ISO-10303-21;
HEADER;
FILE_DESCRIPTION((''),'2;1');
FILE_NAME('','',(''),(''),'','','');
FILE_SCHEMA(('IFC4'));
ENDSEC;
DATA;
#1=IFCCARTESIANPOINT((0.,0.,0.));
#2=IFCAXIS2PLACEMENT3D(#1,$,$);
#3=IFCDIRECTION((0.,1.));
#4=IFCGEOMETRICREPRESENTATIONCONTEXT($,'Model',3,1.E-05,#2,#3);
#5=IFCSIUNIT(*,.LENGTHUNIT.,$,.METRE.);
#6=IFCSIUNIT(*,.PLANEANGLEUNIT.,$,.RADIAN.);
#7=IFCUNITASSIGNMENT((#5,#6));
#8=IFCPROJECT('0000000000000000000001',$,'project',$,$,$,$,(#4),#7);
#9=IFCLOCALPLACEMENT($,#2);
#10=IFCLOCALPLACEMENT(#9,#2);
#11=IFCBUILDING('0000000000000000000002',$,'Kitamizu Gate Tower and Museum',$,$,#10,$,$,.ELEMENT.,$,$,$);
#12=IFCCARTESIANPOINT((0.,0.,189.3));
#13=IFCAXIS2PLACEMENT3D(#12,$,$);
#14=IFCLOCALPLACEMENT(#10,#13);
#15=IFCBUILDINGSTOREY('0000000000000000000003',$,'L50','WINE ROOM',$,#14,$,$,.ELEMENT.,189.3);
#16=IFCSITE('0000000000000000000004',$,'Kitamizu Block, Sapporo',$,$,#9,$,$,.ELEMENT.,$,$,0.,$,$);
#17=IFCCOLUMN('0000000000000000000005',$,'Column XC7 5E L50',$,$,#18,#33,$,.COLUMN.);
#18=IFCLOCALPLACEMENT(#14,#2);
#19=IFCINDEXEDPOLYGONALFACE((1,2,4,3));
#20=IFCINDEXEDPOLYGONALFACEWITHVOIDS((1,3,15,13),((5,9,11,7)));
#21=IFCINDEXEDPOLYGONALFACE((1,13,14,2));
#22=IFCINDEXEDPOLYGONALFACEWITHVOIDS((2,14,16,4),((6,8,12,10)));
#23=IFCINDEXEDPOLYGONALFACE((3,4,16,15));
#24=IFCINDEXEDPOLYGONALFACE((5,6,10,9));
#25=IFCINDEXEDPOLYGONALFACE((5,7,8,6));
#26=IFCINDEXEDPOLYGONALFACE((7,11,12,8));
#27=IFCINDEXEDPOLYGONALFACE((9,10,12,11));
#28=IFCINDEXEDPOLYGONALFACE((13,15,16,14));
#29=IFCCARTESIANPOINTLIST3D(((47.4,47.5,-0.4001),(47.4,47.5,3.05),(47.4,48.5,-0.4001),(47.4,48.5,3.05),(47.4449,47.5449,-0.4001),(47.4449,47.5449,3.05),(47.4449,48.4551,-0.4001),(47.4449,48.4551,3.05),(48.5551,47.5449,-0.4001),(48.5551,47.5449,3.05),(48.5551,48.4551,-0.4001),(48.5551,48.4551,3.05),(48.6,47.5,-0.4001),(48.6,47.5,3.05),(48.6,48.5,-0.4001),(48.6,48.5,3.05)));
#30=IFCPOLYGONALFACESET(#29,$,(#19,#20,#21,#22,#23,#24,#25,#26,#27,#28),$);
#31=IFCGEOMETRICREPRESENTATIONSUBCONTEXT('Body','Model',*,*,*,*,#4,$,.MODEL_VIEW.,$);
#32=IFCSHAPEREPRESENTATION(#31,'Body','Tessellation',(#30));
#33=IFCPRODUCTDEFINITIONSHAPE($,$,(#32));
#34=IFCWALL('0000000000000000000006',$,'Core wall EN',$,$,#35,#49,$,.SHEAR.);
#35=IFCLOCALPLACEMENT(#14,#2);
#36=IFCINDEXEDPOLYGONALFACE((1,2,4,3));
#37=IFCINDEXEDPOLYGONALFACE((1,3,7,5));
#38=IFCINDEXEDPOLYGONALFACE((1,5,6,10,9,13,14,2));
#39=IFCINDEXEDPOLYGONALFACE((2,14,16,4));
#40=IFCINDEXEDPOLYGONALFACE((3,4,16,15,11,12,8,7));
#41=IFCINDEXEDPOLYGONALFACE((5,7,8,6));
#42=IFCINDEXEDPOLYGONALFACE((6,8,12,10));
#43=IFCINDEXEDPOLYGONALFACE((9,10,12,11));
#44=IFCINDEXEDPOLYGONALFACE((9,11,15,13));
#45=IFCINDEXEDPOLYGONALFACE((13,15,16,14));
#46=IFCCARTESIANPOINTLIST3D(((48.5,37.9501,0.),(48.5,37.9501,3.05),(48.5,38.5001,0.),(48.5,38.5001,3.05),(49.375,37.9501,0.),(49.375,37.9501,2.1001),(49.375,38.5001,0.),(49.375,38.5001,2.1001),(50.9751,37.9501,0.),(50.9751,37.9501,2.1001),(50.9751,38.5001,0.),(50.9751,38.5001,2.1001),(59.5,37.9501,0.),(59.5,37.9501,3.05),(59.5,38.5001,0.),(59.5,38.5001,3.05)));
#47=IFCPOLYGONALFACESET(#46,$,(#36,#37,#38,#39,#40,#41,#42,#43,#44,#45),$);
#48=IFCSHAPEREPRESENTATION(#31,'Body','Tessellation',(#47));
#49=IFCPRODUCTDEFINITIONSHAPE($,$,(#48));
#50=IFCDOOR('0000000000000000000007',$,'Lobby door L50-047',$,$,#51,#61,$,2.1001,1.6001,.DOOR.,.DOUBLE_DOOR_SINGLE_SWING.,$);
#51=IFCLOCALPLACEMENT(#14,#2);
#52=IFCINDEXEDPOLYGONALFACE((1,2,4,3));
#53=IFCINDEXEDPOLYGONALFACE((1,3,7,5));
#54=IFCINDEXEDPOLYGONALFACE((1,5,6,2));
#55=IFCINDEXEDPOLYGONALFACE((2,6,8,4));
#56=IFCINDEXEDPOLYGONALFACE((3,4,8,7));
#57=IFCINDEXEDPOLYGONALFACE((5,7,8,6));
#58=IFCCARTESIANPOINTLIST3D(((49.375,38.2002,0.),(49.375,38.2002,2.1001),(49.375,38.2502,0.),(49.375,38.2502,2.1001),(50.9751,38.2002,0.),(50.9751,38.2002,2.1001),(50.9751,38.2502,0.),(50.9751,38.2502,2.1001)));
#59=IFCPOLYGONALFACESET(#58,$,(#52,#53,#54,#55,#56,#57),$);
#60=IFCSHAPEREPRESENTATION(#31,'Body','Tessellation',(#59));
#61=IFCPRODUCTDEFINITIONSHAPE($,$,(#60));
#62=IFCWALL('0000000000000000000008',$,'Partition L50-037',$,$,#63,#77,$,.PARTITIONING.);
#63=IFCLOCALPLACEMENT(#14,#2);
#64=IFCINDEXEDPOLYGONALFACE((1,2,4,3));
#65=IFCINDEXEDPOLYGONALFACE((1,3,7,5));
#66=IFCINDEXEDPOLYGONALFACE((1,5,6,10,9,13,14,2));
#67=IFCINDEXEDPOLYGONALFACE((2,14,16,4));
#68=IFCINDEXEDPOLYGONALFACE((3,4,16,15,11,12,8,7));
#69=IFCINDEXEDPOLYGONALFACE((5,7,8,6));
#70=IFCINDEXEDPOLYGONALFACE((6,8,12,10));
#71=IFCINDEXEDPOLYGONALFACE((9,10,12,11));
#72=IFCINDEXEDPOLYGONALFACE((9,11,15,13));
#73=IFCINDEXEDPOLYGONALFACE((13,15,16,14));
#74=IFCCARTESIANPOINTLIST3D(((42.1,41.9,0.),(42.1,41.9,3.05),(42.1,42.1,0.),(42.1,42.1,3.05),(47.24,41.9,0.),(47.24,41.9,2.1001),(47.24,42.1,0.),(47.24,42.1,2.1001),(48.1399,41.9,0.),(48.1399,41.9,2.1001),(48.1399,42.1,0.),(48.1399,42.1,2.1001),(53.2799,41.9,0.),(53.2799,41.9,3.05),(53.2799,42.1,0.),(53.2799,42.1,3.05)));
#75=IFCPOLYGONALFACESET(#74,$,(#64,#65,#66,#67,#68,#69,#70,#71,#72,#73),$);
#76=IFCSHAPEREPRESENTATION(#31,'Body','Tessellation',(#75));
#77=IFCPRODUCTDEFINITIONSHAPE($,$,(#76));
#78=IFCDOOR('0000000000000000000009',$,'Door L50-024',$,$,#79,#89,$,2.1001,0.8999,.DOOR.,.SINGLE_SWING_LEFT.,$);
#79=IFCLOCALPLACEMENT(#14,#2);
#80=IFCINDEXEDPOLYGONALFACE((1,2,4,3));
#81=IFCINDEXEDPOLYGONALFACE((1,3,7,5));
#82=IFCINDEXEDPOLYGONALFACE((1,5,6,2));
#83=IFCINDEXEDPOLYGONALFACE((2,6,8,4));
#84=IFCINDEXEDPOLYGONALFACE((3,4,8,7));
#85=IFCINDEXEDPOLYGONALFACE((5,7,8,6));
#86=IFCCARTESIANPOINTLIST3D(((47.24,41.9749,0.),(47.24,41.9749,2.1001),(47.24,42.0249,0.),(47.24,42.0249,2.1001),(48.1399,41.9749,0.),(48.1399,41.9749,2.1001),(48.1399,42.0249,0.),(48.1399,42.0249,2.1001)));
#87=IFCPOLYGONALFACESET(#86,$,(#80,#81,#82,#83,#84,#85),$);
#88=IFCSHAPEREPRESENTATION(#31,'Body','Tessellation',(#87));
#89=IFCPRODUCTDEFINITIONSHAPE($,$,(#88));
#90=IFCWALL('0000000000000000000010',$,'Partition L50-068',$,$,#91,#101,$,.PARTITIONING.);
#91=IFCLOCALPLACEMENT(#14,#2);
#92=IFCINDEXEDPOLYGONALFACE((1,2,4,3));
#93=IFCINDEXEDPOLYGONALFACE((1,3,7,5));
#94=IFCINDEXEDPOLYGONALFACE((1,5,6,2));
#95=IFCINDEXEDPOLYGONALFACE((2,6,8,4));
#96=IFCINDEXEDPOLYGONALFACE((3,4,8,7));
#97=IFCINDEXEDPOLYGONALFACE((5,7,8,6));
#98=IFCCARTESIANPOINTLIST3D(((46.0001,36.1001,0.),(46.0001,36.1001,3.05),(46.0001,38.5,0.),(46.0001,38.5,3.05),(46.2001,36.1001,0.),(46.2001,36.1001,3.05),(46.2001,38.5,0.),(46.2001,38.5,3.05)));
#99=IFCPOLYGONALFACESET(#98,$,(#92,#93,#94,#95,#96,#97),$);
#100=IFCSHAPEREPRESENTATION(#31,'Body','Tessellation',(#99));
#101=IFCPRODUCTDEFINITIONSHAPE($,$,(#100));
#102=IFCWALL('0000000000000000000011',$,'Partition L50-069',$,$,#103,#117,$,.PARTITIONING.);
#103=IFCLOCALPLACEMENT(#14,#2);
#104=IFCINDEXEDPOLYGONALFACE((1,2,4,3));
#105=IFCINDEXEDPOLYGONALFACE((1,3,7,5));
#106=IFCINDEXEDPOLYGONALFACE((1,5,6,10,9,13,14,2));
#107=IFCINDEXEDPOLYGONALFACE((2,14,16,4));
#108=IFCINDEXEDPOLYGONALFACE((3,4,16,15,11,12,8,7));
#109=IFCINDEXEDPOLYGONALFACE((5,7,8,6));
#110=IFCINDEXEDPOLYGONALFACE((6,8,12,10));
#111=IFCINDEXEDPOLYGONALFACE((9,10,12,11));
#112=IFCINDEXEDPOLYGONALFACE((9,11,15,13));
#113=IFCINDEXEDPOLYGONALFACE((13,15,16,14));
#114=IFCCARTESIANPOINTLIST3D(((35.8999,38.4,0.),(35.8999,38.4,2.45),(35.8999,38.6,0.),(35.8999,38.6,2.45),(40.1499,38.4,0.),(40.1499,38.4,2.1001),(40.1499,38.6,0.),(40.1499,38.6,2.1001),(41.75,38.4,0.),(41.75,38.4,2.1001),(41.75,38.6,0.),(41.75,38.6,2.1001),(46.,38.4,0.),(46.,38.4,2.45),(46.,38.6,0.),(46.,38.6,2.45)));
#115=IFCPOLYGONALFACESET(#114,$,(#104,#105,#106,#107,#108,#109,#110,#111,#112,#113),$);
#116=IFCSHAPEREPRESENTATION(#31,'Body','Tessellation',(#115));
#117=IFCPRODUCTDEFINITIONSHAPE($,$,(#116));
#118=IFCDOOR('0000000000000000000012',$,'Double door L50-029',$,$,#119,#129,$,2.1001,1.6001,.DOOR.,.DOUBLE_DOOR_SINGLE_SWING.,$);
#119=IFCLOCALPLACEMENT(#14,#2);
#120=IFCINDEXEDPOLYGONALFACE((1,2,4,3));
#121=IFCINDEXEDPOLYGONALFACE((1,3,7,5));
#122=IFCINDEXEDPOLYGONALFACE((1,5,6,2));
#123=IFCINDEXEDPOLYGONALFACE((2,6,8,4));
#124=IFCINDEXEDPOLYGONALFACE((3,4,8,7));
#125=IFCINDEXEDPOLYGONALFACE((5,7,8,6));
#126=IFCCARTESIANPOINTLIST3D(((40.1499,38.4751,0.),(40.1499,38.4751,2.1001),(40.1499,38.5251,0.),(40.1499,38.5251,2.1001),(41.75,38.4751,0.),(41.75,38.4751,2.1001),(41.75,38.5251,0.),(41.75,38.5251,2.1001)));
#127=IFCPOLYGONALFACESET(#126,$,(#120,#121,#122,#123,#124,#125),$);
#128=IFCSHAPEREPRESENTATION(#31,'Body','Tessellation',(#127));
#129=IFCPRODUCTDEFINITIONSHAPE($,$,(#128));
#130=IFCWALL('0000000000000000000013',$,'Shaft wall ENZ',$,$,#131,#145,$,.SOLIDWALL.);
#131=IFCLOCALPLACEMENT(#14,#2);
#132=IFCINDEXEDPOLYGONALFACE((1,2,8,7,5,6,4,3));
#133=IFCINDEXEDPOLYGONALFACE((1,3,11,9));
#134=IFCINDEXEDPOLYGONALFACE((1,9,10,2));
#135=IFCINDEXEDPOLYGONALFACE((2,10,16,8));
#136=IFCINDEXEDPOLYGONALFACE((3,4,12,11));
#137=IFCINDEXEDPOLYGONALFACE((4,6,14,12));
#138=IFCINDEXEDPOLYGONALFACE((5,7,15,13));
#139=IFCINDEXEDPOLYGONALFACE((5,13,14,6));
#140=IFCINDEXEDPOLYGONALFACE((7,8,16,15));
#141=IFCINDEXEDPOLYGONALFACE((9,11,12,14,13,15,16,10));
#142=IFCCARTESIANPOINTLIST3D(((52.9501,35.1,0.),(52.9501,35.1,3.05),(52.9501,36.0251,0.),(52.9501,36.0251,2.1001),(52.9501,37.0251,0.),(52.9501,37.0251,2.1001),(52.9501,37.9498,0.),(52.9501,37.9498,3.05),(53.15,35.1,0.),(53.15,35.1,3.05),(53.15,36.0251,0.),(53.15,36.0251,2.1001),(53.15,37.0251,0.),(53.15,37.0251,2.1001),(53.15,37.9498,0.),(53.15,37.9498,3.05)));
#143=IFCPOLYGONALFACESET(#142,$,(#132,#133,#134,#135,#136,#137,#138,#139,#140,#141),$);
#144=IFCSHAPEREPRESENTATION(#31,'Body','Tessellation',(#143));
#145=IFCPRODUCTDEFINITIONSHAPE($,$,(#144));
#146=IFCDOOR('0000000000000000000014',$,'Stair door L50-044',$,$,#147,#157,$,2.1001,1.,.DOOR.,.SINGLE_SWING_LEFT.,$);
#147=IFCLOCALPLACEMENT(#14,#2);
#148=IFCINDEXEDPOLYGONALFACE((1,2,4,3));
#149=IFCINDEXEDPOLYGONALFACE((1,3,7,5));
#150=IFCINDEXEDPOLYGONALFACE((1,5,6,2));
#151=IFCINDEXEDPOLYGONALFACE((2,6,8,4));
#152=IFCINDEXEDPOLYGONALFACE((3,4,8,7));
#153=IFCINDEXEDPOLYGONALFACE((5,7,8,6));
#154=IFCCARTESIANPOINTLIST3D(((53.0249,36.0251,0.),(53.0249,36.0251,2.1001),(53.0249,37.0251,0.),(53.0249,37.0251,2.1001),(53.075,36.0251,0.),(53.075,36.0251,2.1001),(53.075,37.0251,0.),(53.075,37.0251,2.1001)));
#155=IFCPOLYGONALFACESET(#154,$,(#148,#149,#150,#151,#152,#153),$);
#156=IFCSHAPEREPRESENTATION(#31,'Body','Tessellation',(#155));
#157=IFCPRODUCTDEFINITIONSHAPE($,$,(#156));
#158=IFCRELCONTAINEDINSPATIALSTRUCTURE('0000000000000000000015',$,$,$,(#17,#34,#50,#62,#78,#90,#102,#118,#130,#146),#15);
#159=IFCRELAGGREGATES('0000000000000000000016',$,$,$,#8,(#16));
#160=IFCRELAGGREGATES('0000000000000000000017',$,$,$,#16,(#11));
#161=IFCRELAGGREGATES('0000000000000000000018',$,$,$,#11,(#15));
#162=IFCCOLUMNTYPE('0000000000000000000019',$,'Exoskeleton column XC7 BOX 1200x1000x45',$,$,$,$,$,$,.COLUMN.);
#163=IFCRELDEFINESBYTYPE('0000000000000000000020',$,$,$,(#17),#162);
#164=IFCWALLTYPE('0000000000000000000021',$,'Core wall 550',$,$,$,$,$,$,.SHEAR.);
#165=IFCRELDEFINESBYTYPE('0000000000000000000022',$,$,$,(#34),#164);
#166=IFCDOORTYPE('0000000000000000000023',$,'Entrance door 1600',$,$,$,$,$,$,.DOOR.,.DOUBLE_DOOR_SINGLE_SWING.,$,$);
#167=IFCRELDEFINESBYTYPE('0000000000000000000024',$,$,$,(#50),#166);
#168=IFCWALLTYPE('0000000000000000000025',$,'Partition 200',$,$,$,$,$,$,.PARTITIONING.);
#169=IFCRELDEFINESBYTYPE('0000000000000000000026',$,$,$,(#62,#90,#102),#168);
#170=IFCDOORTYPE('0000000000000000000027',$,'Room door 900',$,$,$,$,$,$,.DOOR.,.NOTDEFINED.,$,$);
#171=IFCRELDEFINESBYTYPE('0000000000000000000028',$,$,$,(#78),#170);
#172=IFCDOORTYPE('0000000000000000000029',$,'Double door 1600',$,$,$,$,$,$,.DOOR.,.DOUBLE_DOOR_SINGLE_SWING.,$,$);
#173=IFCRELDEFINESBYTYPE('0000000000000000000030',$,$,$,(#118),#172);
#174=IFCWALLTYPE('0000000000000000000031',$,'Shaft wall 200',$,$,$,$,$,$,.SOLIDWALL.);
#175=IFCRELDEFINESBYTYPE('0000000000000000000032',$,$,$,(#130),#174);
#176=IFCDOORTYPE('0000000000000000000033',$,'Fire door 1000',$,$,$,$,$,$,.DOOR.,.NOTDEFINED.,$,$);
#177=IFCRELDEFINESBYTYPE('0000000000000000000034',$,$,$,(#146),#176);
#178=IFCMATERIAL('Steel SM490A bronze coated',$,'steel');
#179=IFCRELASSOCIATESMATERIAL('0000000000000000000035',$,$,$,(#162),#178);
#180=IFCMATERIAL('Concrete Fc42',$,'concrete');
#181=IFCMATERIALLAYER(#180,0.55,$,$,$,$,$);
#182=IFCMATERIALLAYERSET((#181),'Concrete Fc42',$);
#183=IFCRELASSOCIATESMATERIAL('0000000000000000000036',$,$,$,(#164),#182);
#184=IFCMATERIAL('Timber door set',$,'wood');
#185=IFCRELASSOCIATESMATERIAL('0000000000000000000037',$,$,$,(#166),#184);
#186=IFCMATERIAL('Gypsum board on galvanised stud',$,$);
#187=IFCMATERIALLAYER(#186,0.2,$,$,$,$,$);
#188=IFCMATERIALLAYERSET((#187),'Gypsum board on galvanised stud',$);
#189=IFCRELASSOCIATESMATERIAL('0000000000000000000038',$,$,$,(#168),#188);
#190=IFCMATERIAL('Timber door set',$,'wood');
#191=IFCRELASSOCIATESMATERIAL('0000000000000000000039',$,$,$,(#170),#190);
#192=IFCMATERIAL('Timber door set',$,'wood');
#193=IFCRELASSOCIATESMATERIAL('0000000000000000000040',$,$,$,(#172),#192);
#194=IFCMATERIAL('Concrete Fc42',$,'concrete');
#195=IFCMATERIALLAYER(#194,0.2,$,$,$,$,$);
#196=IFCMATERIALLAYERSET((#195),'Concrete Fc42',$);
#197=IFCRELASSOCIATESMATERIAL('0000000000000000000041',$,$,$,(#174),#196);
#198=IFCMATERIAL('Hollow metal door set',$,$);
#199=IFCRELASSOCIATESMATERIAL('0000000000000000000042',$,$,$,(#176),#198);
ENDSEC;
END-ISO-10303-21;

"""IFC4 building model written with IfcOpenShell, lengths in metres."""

from ifc_helpers import new_model, si_unit, direction, frame, frame_2d, origin, origin_2d, place, context, subcontext, project, spatial, rectangle, hollow_rectangle, extrude, material, layer, layer_set, material_profile, profile_set, type_object, element, fill, save


model = new_model("IFC4")

# Units and contexts
model_context = context("Model", 3, precision=1e-05, world=origin(), true_north=direction((0.0, 1.0)))
body_context = subcontext(model_context, "Body", "Model", "MODEL_VIEW")
ifc_project = project(units=[si_unit("LENGTHUNIT", "METRE"), si_unit("PLANEANGLEUNIT", "RADIAN")], contexts=[model_context])

# Site, building, storey
site_placement = place(None, origin())
site = spatial("IfcSite", under=ifc_project, at=site_placement, Name="Kitamizu Block, Sapporo", CompositionType="ELEMENT", RefElevation=0.0)
building_placement = place(site_placement, origin())
building = spatial("IfcBuilding", under=site, at=building_placement, Name="Kitamizu Gate Tower and Museum", CompositionType="ELEMENT")
storey_placement = place(building_placement, frame((0.0, 0.0, 189.3)))
storey = spatial("IfcBuildingStorey", under=building, at=storey_placement, Name="L50", Description="WINE ROOM", CompositionType="ELEMENT", Elevation=189.3)

# Column
ifc_material_1 = material(Name="Steel SM490A bronze coated", Category="steel")
ifc_material_profile = material_profile(ifc_material_1, hollow_rectangle(XDim=1.2, YDim=1.0, WallThickness=0.0449, at=origin_2d()), Name="BOX 1200x1000x45")
ifc_profile_set = profile_set([ifc_material_profile], Name="Steel SM490A bronze coated")
column_type = type_object("IfcColumnType", Name="Exoskeleton column XC7 BOX 1200x1000x45", PredefinedType="COLUMN", material=ifc_profile_set)
column_placement = place(storey_placement, frame((48.0, 48.0, -0.4001), z_axis=(0.0, 0.0, 1.0), x_axis=(1.0, 0.0, 0.0)))
element("IfcColumn", 1, at=column_placement, inside=storey, type_object=column_type, Name="Column XC7 5E L50", PredefinedType="COLUMN", context=body_context, shape_type="SweptSolid", body=[
    extrude(hollow_rectangle(XDim=1.2, YDim=1.0, WallThickness=0.0449, at=origin_2d()), origin(), (0.0, 0.0, 1.0), 3.4502),
])

# Walls, openings, doors
ifc_material_2 = material(Name="Concrete Fc42", Category="concrete")
ifc_layer_1 = layer(ifc_material_2, 0.55)
ifc_layer_set_1 = layer_set([ifc_layer_1], Name="Concrete Fc42")
wall_type_1 = type_object("IfcWallType", Name="Core wall 550", PredefinedType="SHEAR", material=ifc_layer_set_1)
wall_1_placement = place(storey_placement, frame((59.5, 38.2251, 0.0), z_axis=(0.0, 0.0, 1.0), x_axis=(-1.0, 0.0, 0.0)))
wall_1 = element("IfcWall", 2, at=wall_1_placement, inside=storey, type_object=wall_type_1, Name="Core wall EN", PredefinedType="SHEAR", context=body_context, shape_type="SweptSolid", body=[
    extrude(rectangle(XDim=11.0, YDim=0.55, at=frame_2d((5.5, 0.0))), origin(), (0.0, 0.0, 1.0), 3.05),
])
opening_1_placement = place(wall_1_placement, frame((8.5249, 0.0, 0.0)))
opening_1 = element("IfcOpeningElement", 3, at=opening_1_placement, cuts=wall_1, PredefinedType="OPENING", context=body_context, shape_type="SweptSolid", body=[
    extrude(rectangle(XDim=1.6001, YDim=2.1001, at=frame_2d((0.8, 1.05))), frame((0.0, 0.2852, 0.0), z_axis=(0.0, -1.0, 0.0), x_axis=(1.0, 0.0, 0.0)), (0.0, 0.0, 1.0), 0.5701),
])
ifc_material_3 = material(Name="Timber door set", Category="wood")
door_type_1 = type_object("IfcDoorType", Name="Entrance door 1600", OperationType="DOUBLE_DOOR_SINGLE_SWING", PredefinedType="DOOR", material=ifc_material_3)
door_1_placement = place(opening_1_placement, origin())
door_1 = element("IfcDoor", 4, at=door_1_placement, inside=storey, type_object=door_type_1, Name="Lobby door L50-047", OperationType="DOUBLE_DOOR_SINGLE_SWING", OverallHeight=2.1001, OverallWidth=1.6001, PredefinedType="DOOR", context=body_context, shape_type="SweptSolid", body=[
    extrude(rectangle(XDim=1.6001, YDim=2.1001, at=frame_2d((0.8, 1.05))), frame((0.0, 0.0249, 0.0), z_axis=(0.0, -1.0, 0.0), x_axis=(1.0, 0.0, 0.0)), (0.0, 0.0, 1.0), 0.05),
])
fill(opening_1, door_1)
ifc_material_4 = material(Name="Gypsum board on galvanised stud")
ifc_layer_2 = layer(ifc_material_4, 0.2)
ifc_layer_set_2 = layer_set([ifc_layer_2], Name="Gypsum board on galvanised stud")
wall_type_2 = type_object("IfcWallType", Name="Partition 200", PredefinedType="PARTITIONING", material=ifc_layer_set_2)
wall_2_placement = place(storey_placement, frame((42.1001, 42.0, 0.0), z_axis=(0.0, 0.0, 1.0), x_axis=(1.0, 0.0, 0.0)))
wall_2 = element("IfcWall", 5, at=wall_2_placement, inside=storey, type_object=wall_type_2, Name="Partition L50-037", PredefinedType="PARTITIONING", context=body_context, shape_type="SweptSolid", body=[
    extrude(rectangle(XDim=11.1799, YDim=0.2, at=frame_2d((5.5898, 0.0))), origin(), (0.0, 0.0, 1.0), 3.05),
])
opening_2_placement = place(wall_2_placement, frame((5.1399, 0.0, 0.0)))
opening_2 = element("IfcOpeningElement", 6, at=opening_2_placement, cuts=wall_2, PredefinedType="OPENING", context=body_context, shape_type="SweptSolid", body=[
    extrude(rectangle(XDim=0.8999, YDim=2.1001, at=frame_2d((0.45, 1.05))), frame((0.0, 0.1099, 0.0), z_axis=(0.0, -1.0, 0.0), x_axis=(1.0, 0.0, 0.0)), (0.0, 0.0, 1.0), 0.22),
])
ifc_material_5 = material(Name="Timber door set", Category="wood")
door_type_2 = type_object("IfcDoorType", Name="Room door 900", OperationType="NOTDEFINED", PredefinedType="DOOR", material=ifc_material_5)
door_2_placement = place(opening_2_placement, origin())
door_2 = element("IfcDoor", 7, at=door_2_placement, inside=storey, type_object=door_type_2, Name="Door L50-024", OperationType="SINGLE_SWING_LEFT", OverallHeight=2.1001, OverallWidth=0.8999, PredefinedType="DOOR", context=body_context, shape_type="SweptSolid", body=[
    extrude(rectangle(XDim=0.8999, YDim=2.1001, at=frame_2d((0.45, 1.05))), frame((0.0, 0.0249, 0.0), z_axis=(0.0, -1.0, 0.0), x_axis=(1.0, 0.0, 0.0)), (0.0, 0.0, 1.0), 0.05),
])
fill(opening_2, door_2)

# Wall
wall_3_placement = place(storey_placement, frame((46.1001, 36.1001, 0.0), z_axis=(0.0, 0.0, 1.0), x_axis=(0.0, 1.0, 0.0)))
element("IfcWall", 8, at=wall_3_placement, inside=storey, type_object=wall_type_2, Name="Partition L50-068", PredefinedType="PARTITIONING", context=body_context, shape_type="SweptSolid", body=[
    extrude(rectangle(XDim=2.3999, YDim=0.2, at=frame_2d((1.2, 0.0))), origin(), (0.0, 0.0, 1.0), 3.05),
])

# Walls, openings, doors
wall_4_placement = place(storey_placement, frame((46.0, 38.5, 0.0), z_axis=(0.0, 0.0, 1.0), x_axis=(-1.0, 0.0, 0.0)))
wall_4 = element("IfcWall", 9, at=wall_4_placement, inside=storey, type_object=wall_type_2, Name="Partition L50-069", PredefinedType="PARTITIONING", context=body_context, shape_type="SweptSolid", body=[
    extrude(rectangle(XDim=10.1001, YDim=0.2, at=frame_2d((5.05, 0.0))), origin(), (0.0, 0.0, 1.0), 2.45),
])
opening_3_placement = place(wall_4_placement, frame((4.25, 0.0, 0.0)))
opening_3 = element("IfcOpeningElement", 10, at=opening_3_placement, cuts=wall_4, PredefinedType="OPENING", context=body_context, shape_type="SweptSolid", body=[
    extrude(rectangle(XDim=1.6001, YDim=2.1001, at=frame_2d((0.8, 1.05))), frame((0.0, 0.1099, 0.0), z_axis=(0.0, -1.0, 0.0), x_axis=(1.0, 0.0, 0.0)), (0.0, 0.0, 1.0), 0.22),
])
ifc_material_6 = material(Name="Timber door set", Category="wood")
door_type_3 = type_object("IfcDoorType", Name="Double door 1600", OperationType="DOUBLE_DOOR_SINGLE_SWING", PredefinedType="DOOR", material=ifc_material_6)
door_3_placement = place(opening_3_placement, origin())
door_3 = element("IfcDoor", 11, at=door_3_placement, inside=storey, type_object=door_type_3, Name="Double door L50-029", OperationType="DOUBLE_DOOR_SINGLE_SWING", OverallHeight=2.1001, OverallWidth=1.6001, PredefinedType="DOOR", context=body_context, shape_type="SweptSolid", body=[
    extrude(rectangle(XDim=1.6001, YDim=2.1001, at=frame_2d((0.8, 1.05))), frame((0.0, 0.0249, 0.0), z_axis=(0.0, -1.0, 0.0), x_axis=(1.0, 0.0, 0.0)), (0.0, 0.0, 1.0), 0.05),
])
fill(opening_3, door_3)
ifc_material_7 = material(Name="Concrete Fc42", Category="concrete")
ifc_layer_3 = layer(ifc_material_7, 0.2)
ifc_layer_set_3 = layer_set([ifc_layer_3], Name="Concrete Fc42")
wall_type_3 = type_object("IfcWallType", Name="Shaft wall 200", PredefinedType="SOLIDWALL", material=ifc_layer_set_3)
wall_5_placement = place(storey_placement, frame((53.05, 35.1001, 0.0), z_axis=(0.0, 0.0, 1.0), x_axis=(0.0, 1.0, 0.0)))
wall_5 = element("IfcWall", 12, at=wall_5_placement, inside=storey, type_object=wall_type_3, Name="Shaft wall ENZ", PredefinedType="SOLIDWALL", context=body_context, shape_type="SweptSolid", body=[
    extrude(rectangle(XDim=2.8499, YDim=0.2, at=frame_2d((1.4248, 0.0))), origin(), (0.0, 0.0, 1.0), 3.05),
])
opening_4_placement = place(wall_5_placement, frame((0.925, 0.0, 0.0)))
opening_4 = element("IfcOpeningElement", 13, at=opening_4_placement, cuts=wall_5, PredefinedType="OPENING", context=body_context, shape_type="SweptSolid", body=[
    extrude(rectangle(XDim=1.0, YDim=2.1001, at=frame_2d((0.5, 1.05))), frame((0.0, 0.1099, 0.0), z_axis=(0.0, -1.0, 0.0), x_axis=(1.0, 0.0, 0.0)), (0.0, 0.0, 1.0), 0.22),
])
ifc_material_8 = material(Name="Hollow metal door set")
door_type_4 = type_object("IfcDoorType", Name="Fire door 1000", OperationType="NOTDEFINED", PredefinedType="DOOR", material=ifc_material_8)
door_4_placement = place(opening_4_placement, frame((1.0, 0.0, 0.0), x_axis=(-1.0, 0.0, 0.0)))
door_4 = element("IfcDoor", 14, at=door_4_placement, inside=storey, type_object=door_type_4, Name="Stair door L50-044", OperationType="SINGLE_SWING_LEFT", OverallHeight=2.1001, OverallWidth=1.0, PredefinedType="DOOR", context=body_context, shape_type="SweptSolid", body=[
    extrude(rectangle(XDim=1.0, YDim=2.1001, at=frame_2d((0.5, 1.05))), frame((0.0, 0.0249, 0.0), z_axis=(0.0, -1.0, 0.0), x_axis=(1.0, 0.0, 0.0)), (0.0, 0.0, 1.0), 0.05),
])
fill(opening_4, door_4)

save(model, "model.ifc")
